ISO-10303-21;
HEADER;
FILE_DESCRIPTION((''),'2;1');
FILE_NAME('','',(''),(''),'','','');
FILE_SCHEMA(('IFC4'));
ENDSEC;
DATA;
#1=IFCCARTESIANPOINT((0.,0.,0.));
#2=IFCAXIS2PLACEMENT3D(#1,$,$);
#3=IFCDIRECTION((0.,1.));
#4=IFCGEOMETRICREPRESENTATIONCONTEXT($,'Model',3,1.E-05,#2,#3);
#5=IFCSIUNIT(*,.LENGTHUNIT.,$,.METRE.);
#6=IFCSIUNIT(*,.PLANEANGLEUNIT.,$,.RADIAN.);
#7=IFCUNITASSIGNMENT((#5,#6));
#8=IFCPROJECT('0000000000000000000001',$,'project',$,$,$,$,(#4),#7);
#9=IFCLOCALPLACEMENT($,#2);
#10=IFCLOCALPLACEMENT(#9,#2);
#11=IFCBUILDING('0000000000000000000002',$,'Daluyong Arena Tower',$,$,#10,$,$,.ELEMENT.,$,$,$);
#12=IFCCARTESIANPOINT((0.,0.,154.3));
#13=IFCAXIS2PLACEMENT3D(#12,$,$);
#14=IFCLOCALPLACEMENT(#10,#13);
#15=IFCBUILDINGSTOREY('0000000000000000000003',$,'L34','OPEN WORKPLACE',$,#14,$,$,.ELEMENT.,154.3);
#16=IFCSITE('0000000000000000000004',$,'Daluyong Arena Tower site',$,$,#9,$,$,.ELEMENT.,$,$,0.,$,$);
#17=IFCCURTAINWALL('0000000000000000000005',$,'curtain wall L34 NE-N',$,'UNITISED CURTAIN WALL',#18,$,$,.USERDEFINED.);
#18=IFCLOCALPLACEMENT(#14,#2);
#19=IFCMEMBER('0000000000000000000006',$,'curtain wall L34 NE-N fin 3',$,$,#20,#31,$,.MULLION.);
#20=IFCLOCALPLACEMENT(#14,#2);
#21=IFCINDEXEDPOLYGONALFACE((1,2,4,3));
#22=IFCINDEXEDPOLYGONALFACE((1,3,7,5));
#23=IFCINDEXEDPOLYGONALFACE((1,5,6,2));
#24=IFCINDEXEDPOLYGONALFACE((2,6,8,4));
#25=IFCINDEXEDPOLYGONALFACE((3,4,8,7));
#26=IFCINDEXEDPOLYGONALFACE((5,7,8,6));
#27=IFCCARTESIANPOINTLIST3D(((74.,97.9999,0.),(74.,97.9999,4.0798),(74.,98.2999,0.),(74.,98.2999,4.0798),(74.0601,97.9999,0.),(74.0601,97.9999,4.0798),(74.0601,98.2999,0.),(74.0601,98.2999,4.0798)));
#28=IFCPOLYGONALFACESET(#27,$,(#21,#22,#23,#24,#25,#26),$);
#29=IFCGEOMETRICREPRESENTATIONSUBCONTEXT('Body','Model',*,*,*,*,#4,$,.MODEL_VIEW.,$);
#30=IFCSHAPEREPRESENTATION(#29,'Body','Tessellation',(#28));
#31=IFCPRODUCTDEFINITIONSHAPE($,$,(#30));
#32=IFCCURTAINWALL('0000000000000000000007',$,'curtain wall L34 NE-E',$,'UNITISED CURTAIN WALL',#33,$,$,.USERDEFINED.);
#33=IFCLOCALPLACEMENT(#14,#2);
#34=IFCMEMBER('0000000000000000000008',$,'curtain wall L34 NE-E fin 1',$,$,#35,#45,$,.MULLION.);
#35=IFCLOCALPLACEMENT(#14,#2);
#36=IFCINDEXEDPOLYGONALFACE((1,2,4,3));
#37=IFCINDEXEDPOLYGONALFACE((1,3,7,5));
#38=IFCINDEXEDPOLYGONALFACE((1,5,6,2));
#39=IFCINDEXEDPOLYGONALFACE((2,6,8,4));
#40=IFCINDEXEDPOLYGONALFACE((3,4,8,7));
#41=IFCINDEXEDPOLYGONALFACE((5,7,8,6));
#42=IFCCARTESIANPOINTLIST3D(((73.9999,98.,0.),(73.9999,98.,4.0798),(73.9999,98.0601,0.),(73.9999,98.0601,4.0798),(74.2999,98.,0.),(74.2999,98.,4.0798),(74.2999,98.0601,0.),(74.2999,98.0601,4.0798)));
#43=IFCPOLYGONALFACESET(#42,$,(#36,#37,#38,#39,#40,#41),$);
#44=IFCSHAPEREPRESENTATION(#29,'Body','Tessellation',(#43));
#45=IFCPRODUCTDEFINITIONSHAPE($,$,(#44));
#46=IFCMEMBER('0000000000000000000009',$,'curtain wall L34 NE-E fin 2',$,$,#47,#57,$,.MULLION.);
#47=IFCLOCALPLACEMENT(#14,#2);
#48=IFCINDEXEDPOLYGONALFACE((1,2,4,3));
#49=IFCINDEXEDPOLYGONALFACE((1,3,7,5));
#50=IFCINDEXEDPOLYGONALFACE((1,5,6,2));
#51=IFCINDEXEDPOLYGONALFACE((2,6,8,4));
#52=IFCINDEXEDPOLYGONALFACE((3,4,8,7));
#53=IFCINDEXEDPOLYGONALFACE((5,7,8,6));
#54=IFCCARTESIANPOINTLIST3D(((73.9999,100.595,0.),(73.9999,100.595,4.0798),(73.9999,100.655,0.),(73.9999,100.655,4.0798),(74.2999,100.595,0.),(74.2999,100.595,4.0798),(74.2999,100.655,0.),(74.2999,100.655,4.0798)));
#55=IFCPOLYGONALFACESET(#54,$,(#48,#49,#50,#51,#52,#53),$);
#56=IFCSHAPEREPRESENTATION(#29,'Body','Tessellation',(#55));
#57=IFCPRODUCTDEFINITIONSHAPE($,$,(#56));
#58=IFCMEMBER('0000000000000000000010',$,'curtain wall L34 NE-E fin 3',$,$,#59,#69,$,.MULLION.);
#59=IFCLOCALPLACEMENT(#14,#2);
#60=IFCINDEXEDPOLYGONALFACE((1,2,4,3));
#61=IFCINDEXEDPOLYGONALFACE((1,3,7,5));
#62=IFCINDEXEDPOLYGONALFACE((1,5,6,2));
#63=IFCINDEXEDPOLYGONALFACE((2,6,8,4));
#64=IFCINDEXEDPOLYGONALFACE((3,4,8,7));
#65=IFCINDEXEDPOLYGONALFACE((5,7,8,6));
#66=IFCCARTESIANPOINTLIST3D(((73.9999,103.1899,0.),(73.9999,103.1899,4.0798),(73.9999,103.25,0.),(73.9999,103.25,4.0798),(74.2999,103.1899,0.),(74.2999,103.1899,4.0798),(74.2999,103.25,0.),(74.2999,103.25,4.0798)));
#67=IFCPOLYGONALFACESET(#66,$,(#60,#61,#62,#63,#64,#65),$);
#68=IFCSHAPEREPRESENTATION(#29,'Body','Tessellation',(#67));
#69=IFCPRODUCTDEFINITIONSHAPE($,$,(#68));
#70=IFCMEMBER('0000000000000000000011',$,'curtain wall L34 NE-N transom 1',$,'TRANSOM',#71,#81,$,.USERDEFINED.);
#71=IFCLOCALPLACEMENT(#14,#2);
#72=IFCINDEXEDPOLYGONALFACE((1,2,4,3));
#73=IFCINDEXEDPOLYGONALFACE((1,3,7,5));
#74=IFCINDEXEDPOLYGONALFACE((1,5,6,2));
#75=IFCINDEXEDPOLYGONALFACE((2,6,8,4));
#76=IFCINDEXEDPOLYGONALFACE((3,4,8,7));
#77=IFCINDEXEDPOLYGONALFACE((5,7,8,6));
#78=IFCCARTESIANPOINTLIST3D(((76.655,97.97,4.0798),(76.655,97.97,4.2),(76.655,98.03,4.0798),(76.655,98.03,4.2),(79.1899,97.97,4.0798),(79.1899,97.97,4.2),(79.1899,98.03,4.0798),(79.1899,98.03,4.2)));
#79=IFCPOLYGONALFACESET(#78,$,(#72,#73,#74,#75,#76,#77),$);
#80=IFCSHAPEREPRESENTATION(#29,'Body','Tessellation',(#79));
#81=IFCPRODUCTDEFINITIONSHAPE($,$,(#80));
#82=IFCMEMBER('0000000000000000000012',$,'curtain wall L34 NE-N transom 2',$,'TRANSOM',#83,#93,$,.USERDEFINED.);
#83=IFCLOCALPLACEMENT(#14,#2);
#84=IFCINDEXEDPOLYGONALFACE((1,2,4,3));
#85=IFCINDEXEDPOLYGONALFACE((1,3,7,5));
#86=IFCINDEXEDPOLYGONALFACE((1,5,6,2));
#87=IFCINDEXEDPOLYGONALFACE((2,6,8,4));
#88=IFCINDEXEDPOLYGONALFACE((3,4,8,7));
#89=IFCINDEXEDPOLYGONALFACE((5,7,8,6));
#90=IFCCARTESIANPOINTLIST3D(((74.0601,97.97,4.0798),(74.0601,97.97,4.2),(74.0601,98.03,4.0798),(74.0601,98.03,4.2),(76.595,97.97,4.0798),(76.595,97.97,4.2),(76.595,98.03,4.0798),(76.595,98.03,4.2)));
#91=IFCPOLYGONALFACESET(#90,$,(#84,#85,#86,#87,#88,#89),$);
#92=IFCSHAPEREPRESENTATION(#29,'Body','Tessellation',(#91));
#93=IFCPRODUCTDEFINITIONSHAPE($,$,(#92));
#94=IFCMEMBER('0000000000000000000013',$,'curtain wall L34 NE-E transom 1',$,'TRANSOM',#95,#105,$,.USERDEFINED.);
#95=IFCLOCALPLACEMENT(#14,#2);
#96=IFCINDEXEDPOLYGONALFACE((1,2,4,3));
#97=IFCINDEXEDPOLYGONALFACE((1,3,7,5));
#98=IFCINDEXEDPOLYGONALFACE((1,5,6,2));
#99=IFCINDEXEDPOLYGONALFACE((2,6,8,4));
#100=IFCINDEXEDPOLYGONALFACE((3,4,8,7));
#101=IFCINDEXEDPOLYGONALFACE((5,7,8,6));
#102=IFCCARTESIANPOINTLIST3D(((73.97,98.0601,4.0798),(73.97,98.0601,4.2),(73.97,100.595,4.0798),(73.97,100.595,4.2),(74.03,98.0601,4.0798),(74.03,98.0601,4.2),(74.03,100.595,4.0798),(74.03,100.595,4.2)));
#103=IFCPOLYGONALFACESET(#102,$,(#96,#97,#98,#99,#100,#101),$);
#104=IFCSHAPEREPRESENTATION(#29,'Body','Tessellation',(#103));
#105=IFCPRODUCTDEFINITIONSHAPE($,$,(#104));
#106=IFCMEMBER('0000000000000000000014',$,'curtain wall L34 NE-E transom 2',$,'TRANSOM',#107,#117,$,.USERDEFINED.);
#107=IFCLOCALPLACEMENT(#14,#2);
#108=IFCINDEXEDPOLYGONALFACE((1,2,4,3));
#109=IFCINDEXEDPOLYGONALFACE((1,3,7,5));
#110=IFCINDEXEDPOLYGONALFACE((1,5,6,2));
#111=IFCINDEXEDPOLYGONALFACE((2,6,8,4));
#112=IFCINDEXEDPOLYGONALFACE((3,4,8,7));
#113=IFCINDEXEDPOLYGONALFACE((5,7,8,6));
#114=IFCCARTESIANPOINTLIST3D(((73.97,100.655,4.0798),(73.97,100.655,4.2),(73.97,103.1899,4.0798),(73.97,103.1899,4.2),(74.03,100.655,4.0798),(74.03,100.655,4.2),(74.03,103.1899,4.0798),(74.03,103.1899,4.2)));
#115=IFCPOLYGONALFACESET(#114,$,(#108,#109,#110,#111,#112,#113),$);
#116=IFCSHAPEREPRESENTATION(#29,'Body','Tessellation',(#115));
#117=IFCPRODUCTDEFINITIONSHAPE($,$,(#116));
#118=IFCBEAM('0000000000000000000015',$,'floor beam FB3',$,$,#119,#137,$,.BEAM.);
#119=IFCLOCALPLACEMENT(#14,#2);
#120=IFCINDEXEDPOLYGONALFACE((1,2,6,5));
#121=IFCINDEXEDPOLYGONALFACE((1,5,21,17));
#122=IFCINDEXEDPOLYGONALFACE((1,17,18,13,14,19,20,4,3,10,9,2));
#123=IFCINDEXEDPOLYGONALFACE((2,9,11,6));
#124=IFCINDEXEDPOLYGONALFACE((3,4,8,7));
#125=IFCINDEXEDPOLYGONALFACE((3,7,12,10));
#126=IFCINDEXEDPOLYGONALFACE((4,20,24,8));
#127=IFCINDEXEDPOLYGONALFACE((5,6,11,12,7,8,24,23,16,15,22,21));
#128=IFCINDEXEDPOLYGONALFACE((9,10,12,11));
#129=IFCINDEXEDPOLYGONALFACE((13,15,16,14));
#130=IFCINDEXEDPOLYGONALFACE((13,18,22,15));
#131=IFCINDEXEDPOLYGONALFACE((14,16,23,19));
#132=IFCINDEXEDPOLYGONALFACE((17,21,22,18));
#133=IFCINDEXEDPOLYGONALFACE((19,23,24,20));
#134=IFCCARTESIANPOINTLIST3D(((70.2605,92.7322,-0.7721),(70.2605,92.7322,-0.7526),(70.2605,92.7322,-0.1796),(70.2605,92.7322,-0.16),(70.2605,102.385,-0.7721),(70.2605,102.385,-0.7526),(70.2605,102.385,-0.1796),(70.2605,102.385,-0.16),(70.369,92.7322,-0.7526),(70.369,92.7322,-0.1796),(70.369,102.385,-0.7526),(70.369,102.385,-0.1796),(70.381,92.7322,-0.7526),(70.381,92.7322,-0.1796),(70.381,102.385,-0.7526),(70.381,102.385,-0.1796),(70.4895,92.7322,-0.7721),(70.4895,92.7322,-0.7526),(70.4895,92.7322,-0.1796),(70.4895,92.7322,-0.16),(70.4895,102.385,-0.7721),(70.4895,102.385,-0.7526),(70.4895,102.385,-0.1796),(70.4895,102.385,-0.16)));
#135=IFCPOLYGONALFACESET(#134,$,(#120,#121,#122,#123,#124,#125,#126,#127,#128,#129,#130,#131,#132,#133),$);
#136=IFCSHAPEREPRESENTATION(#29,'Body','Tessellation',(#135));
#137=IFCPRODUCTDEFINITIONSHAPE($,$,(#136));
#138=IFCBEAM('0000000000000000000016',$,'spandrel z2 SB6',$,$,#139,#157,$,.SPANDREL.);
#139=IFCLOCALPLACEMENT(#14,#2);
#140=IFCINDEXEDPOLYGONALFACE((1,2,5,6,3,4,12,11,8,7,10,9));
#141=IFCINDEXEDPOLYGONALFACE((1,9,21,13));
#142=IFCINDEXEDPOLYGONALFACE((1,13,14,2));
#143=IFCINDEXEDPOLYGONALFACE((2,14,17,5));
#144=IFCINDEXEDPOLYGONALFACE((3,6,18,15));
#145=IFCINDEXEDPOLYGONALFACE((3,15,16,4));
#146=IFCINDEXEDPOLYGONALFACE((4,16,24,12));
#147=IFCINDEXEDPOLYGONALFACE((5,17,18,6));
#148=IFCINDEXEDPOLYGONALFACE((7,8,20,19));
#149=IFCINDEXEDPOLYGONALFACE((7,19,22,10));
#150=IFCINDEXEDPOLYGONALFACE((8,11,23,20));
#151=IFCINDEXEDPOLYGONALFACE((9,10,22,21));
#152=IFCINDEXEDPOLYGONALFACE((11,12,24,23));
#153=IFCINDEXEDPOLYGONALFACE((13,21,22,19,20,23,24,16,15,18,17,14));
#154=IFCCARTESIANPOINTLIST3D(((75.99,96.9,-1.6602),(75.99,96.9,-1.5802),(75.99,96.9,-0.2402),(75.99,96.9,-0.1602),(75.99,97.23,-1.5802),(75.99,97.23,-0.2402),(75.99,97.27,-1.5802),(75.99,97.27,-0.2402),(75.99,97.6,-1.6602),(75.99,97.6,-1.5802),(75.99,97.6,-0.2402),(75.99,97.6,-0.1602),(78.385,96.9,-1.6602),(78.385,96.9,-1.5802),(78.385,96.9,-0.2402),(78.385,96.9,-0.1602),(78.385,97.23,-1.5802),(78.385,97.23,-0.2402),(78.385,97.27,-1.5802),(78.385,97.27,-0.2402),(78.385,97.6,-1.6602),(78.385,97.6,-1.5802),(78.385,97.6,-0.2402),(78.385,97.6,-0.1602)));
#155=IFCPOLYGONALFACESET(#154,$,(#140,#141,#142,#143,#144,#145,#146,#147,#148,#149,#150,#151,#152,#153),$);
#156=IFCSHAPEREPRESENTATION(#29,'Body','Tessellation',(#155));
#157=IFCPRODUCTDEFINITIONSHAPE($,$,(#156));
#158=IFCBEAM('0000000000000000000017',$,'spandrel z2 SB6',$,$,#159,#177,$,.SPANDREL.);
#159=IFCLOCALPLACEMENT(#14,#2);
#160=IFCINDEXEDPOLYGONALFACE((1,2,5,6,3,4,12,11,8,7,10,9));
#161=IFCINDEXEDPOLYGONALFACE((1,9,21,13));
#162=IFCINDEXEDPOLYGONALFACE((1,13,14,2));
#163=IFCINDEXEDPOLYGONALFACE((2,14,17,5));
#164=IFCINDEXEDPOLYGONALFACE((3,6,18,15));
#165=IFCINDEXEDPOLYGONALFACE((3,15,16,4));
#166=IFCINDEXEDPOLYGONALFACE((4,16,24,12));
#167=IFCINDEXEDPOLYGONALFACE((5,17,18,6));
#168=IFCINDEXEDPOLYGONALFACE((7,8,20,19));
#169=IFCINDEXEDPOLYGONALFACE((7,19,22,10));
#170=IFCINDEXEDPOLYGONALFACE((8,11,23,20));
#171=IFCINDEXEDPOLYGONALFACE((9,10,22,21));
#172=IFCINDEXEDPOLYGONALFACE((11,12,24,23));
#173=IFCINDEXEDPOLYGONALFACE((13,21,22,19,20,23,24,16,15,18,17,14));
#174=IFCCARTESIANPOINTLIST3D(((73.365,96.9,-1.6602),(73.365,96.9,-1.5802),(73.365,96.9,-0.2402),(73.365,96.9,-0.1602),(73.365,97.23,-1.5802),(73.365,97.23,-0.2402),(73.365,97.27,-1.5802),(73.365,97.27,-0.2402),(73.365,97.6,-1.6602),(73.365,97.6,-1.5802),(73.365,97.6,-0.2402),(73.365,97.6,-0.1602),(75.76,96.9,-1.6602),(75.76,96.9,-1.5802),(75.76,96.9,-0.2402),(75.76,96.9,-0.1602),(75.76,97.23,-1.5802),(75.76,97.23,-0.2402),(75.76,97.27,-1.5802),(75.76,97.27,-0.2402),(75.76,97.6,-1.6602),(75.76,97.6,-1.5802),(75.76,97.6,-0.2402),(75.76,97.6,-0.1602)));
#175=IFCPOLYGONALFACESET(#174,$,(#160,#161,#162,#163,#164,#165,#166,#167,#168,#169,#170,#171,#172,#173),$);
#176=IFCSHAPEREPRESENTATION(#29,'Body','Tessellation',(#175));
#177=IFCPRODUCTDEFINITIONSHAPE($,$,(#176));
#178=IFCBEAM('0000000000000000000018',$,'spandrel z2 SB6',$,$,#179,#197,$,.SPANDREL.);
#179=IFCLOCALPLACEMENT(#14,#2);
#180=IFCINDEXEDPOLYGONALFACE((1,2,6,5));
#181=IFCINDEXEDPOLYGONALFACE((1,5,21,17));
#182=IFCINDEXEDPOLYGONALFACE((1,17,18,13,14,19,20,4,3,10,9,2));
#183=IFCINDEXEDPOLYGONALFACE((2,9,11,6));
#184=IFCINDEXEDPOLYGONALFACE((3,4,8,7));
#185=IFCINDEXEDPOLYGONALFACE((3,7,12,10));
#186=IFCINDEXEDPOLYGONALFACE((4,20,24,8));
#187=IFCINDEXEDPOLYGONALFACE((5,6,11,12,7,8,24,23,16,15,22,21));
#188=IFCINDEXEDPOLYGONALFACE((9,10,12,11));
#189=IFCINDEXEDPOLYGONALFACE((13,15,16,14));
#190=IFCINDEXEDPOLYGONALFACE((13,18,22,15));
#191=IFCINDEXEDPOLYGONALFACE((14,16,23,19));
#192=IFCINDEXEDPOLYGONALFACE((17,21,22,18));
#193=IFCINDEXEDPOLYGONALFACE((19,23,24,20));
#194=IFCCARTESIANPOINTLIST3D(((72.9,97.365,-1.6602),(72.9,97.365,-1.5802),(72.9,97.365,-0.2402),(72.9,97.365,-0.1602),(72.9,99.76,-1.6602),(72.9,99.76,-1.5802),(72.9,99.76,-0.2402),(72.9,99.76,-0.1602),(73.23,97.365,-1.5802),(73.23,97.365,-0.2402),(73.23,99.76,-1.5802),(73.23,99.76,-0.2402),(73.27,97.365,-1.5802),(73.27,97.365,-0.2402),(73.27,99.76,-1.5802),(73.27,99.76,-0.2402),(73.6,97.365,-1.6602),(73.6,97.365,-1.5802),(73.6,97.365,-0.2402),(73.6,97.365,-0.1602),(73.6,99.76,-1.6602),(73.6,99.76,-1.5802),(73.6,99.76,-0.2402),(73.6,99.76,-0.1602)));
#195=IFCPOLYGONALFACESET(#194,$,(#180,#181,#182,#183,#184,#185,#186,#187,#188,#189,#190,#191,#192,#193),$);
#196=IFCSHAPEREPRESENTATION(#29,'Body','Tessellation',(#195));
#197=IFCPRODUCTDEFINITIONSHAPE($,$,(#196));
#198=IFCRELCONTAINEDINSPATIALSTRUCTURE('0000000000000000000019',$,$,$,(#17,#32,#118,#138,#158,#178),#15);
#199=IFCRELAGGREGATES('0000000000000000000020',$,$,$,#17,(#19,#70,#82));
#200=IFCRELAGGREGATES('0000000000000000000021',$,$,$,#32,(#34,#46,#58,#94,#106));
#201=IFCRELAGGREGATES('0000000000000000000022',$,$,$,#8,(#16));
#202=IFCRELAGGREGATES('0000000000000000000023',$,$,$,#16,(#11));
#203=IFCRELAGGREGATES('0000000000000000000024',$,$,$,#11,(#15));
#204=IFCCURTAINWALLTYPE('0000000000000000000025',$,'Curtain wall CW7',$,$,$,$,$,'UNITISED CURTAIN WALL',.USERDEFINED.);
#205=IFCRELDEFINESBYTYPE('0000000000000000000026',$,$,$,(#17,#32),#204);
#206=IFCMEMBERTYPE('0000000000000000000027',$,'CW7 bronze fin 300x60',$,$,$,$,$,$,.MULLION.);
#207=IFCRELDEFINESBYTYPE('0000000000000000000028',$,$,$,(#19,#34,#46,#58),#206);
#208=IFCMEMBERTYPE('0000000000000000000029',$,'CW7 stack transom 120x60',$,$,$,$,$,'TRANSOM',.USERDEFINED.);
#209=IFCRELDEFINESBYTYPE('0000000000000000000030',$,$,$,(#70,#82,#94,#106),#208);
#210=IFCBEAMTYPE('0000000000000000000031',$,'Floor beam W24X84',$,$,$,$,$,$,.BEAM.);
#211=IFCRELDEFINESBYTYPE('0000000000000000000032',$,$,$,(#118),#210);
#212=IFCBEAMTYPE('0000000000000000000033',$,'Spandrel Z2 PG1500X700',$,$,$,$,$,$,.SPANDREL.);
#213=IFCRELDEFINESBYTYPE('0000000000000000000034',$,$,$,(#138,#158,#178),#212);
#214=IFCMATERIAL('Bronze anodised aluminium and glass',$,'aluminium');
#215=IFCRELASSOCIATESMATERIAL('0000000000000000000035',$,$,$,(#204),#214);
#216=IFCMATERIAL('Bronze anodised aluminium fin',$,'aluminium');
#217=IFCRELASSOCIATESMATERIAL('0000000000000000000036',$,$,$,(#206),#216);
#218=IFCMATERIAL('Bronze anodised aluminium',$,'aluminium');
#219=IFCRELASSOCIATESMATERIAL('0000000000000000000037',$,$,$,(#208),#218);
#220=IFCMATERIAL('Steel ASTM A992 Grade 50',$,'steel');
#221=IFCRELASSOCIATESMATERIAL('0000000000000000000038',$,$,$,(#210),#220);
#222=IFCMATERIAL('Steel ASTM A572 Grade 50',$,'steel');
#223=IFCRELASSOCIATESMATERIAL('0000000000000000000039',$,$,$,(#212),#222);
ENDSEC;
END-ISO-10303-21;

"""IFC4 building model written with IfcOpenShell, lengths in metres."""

from ifc_helpers import new_model, si_unit, direction, frame, origin, origin_2d, place, context, subcontext, project, spatial, rectangle, i_section, extrude, material, material_profile, profile_set, type_object, element, aggregate, save


model = new_model("IFC4")

# Units and contexts
model_context = context("Model", 3, precision=1e-05, world=origin(), true_north=direction((0.0, 1.0)))
body_context = subcontext(model_context, "Body", "Model", "MODEL_VIEW")
ifc_project = project(units=[si_unit("LENGTHUNIT", "METRE"), si_unit("PLANEANGLEUNIT", "RADIAN")], contexts=[model_context])

# Site, building, storey
site_placement = place(None, origin())
site = spatial("IfcSite", under=ifc_project, at=site_placement, Name="Daluyong Arena Tower site", CompositionType="ELEMENT", RefElevation=0.0)
building_placement = place(site_placement, origin())
building = spatial("IfcBuilding", under=site, at=building_placement, Name="Daluyong Arena Tower", CompositionType="ELEMENT")
storey_placement = place(building_placement, frame((0.0, 0.0, 154.3)))
storey = spatial("IfcBuildingStorey", under=building, at=storey_placement, Name="L34", Description="OPEN WORKPLACE", CompositionType="ELEMENT", Elevation=154.3)

# Curtain walls, members
ifc_material_1 = material(Name="Bronze anodised aluminium and glass", Category="aluminium")
curtain_wall_type_1 = type_object("IfcCurtainWallType", Name="Curtain wall CW7", ElementType="UNITISED CURTAIN WALL", PredefinedType="USERDEFINED", material=ifc_material_1)
curtain_wall_1_placement = place(storey_placement, origin())
curtain_wall_1 = element("IfcCurtainWall", 1, at=curtain_wall_1_placement, inside=storey, type_object=curtain_wall_type_1, Name="curtain wall L34 NE-N", ObjectType="UNITISED CURTAIN WALL", PredefinedType="USERDEFINED")
ifc_material_2 = material(Name="Bronze anodised aluminium fin", Category="aluminium")
ifc_material_profile_1 = material_profile(ifc_material_2, rectangle(XDim=0.3, YDim=0.0601, at=origin_2d()))
ifc_profile_set_1 = profile_set([ifc_material_profile_1], Name="Bronze anodised aluminium fin")
member_type_1 = type_object("IfcMemberType", Name="CW7 bronze fin 300x60", PredefinedType="MULLION", material=ifc_profile_set_1)
member_1_placement = place(storey_placement, frame((74.03, 98.1499, 0.0), z_axis=(0.0, 0.0, 1.0), x_axis=(0.0, -1.0, 0.0)))
member_1 = element("IfcMember", 2, at=member_1_placement, type_object=member_type_1, Name="curtain wall L34 NE-N fin 3", PredefinedType="MULLION", context=body_context, shape_type="SweptSolid", body=[
    extrude(rectangle(XDim=0.3, YDim=0.0601, at=origin_2d()), origin(), (0.0, 0.0, 1.0), 4.0798),
])
curtain_wall_2_placement = place(storey_placement, origin())
curtain_wall_2 = element("IfcCurtainWall", 3, at=curtain_wall_2_placement, inside=storey, type_object=curtain_wall_type_1, Name="curtain wall L34 NE-E", ObjectType="UNITISED CURTAIN WALL", PredefinedType="USERDEFINED")
member_2_placement = place(storey_placement, frame((74.1499, 98.03, 0.0), z_axis=(0.0, 0.0, 1.0), x_axis=(-1.0, 0.0, 0.0)))
member_2 = element("IfcMember", 4, at=member_2_placement, type_object=member_type_1, Name="curtain wall L34 NE-E fin 1", PredefinedType="MULLION", context=body_context, shape_type="SweptSolid", body=[
    extrude(rectangle(XDim=0.3, YDim=0.0601, at=origin_2d()), origin(), (0.0, 0.0, 1.0), 4.0798),
])
member_3_placement = place(storey_placement, frame((74.1499, 100.625, 0.0), z_axis=(0.0, 0.0, 1.0), x_axis=(-1.0, 0.0, 0.0)))
member_3 = element("IfcMember", 5, at=member_3_placement, type_object=member_type_1, Name="curtain wall L34 NE-E fin 2", PredefinedType="MULLION", context=body_context, shape_type="SweptSolid", body=[
    extrude(rectangle(XDim=0.3, YDim=0.0601, at=origin_2d()), origin(), (0.0, 0.0, 1.0), 4.0798),
])
member_4_placement = place(storey_placement, frame((74.1499, 103.22, 0.0), z_axis=(0.0, 0.0, 1.0), x_axis=(-1.0, 0.0, 0.0)))
member_4 = element("IfcMember", 6, at=member_4_placement, type_object=member_type_1, Name="curtain wall L34 NE-E fin 3", PredefinedType="MULLION", context=body_context, shape_type="SweptSolid", body=[
    extrude(rectangle(XDim=0.3, YDim=0.0601, at=origin_2d()), origin(), (0.0, 0.0, 1.0), 4.0798),
])

# Members
ifc_material_3 = material(Name="Bronze anodised aluminium", Category="aluminium")
ifc_material_profile_2 = material_profile(ifc_material_3, rectangle(XDim=0.0601, YDim=0.1201, at=origin_2d()))
ifc_profile_set_2 = profile_set([ifc_material_profile_2], Name="Bronze anodised aluminium")
member_type_2 = type_object("IfcMemberType", Name="CW7 stack transom 120x60", ElementType="TRANSOM", PredefinedType="USERDEFINED", material=ifc_profile_set_2)
member_5_placement = place(storey_placement, frame((79.1899, 98.0, 4.1399), z_axis=(-1.0, 0.0, 0.0), x_axis=(0.0, -1.0, 0.0)))
member_5 = element("IfcMember", 7, at=member_5_placement, type_object=member_type_2, Name="curtain wall L34 NE-N transom 1", ObjectType="TRANSOM", PredefinedType="USERDEFINED", context=body_context, shape_type="SweptSolid", body=[
    extrude(rectangle(XDim=0.0601, YDim=0.1201, at=origin_2d()), origin(), (0.0, 0.0, 1.0), 2.5349),
])
member_6_placement = place(storey_placement, frame((76.595, 98.0, 4.1399), z_axis=(-1.0, 0.0, 0.0), x_axis=(0.0, -1.0, 0.0)))
member_6 = element("IfcMember", 8, at=member_6_placement, type_object=member_type_2, Name="curtain wall L34 NE-N transom 2", ObjectType="TRANSOM", PredefinedType="USERDEFINED", context=body_context, shape_type="SweptSolid", body=[
    extrude(rectangle(XDim=0.0601, YDim=0.1201, at=origin_2d()), origin(), (0.0, 0.0, 1.0), 2.5349),
])
member_7_placement = place(storey_placement, frame((74.0, 98.0601, 4.1399), z_axis=(0.0, 1.0, 0.0), x_axis=(-1.0, 0.0, 0.0)))
member_7 = element("IfcMember", 9, at=member_7_placement, type_object=member_type_2, Name="curtain wall L34 NE-E transom 1", ObjectType="TRANSOM", PredefinedType="USERDEFINED", context=body_context, shape_type="SweptSolid", body=[
    extrude(rectangle(XDim=0.0601, YDim=0.1201, at=origin_2d()), origin(), (0.0, 0.0, 1.0), 2.5349),
])
member_8_placement = place(storey_placement, frame((74.0, 100.655, 4.1399), z_axis=(0.0, 1.0, 0.0), x_axis=(-1.0, 0.0, 0.0)))
member_8 = element("IfcMember", 10, at=member_8_placement, type_object=member_type_2, Name="curtain wall L34 NE-E transom 2", ObjectType="TRANSOM", PredefinedType="USERDEFINED", context=body_context, shape_type="SweptSolid", body=[
    extrude(rectangle(XDim=0.0601, YDim=0.1201, at=origin_2d()), origin(), (0.0, 0.0, 1.0), 2.5349),
])

# Beams
ifc_material_4 = material(Name="Steel ASTM A992 Grade 50", Category="steel")
ifc_material_profile_3 = material_profile(ifc_material_4, i_section(OverallWidth=0.229, OverallDepth=0.6121, WebThickness=0.012, FlangeThickness=0.0195, at=origin_2d()))
ifc_profile_set_3 = profile_set([ifc_material_profile_3], Name="Steel ASTM A992 Grade 50")
beam_type_1 = type_object("IfcBeamType", Name="Floor beam W24X84", PredefinedType="BEAM", material=ifc_profile_set_3)
beam_1_placement = place(storey_placement, frame((70.375, 102.385, -0.4661), z_axis=(0.0, -1.0, 0.0), x_axis=(1.0, 0.0, 0.0)))
element("IfcBeam", 11, at=beam_1_placement, inside=storey, type_object=beam_type_1, Name="floor beam FB3", PredefinedType="BEAM", context=body_context, shape_type="SweptSolid", body=[
    extrude(i_section(OverallWidth=0.229, OverallDepth=0.6121, WebThickness=0.012, FlangeThickness=0.0195, at=origin_2d()), origin(), (0.0, 0.0, 1.0), 9.6528),
])
ifc_material_5 = material(Name="Steel ASTM A572 Grade 50", Category="steel")
ifc_material_profile_4 = material_profile(ifc_material_5, i_section(OverallWidth=0.7, OverallDepth=1.5, WebThickness=0.04, FlangeThickness=0.08, at=origin_2d()))
ifc_profile_set_4 = profile_set([ifc_material_profile_4], Name="Steel ASTM A572 Grade 50")
beam_type_2 = type_object("IfcBeamType", Name="Spandrel Z2 PG1500X700", PredefinedType="SPANDREL", material=ifc_profile_set_4)
for number, where, z_axis, x_axis, name in (
    (12, (78.385, 97.25, -0.9102), (-1.0, 0.0, 0.0), (0.0, -1.0, 0.0), "spandrel z2 SB6"),
    (13, (75.76, 97.25, -0.9102), (-1.0, 0.0, 0.0), (0.0, -1.0, 0.0), "spandrel z2 SB6"),
    (14, (73.25, 97.365, -0.9102), (0.0, 1.0, 0.0), (-1.0, 0.0, 0.0), "spandrel z2 SB6"),
):
    element("IfcBeam", number, at=place(storey_placement, frame(where, z_axis=z_axis, x_axis=x_axis)), inside=storey, type_object=beam_type_2, Name=name, PredefinedType="SPANDREL", context=body_context, shape_type="SweptSolid", body=[
        extrude(i_section(OverallWidth=0.7, OverallDepth=1.5, WebThickness=0.04, FlangeThickness=0.08, at=origin_2d()), origin(), (0.0, 0.0, 1.0), 2.395),
    ])

aggregate(curtain_wall_1, [member_1, member_5, member_6])
aggregate(curtain_wall_2, [member_2, member_3, member_4, member_7, member_8])

save(model, "model.ifc")
